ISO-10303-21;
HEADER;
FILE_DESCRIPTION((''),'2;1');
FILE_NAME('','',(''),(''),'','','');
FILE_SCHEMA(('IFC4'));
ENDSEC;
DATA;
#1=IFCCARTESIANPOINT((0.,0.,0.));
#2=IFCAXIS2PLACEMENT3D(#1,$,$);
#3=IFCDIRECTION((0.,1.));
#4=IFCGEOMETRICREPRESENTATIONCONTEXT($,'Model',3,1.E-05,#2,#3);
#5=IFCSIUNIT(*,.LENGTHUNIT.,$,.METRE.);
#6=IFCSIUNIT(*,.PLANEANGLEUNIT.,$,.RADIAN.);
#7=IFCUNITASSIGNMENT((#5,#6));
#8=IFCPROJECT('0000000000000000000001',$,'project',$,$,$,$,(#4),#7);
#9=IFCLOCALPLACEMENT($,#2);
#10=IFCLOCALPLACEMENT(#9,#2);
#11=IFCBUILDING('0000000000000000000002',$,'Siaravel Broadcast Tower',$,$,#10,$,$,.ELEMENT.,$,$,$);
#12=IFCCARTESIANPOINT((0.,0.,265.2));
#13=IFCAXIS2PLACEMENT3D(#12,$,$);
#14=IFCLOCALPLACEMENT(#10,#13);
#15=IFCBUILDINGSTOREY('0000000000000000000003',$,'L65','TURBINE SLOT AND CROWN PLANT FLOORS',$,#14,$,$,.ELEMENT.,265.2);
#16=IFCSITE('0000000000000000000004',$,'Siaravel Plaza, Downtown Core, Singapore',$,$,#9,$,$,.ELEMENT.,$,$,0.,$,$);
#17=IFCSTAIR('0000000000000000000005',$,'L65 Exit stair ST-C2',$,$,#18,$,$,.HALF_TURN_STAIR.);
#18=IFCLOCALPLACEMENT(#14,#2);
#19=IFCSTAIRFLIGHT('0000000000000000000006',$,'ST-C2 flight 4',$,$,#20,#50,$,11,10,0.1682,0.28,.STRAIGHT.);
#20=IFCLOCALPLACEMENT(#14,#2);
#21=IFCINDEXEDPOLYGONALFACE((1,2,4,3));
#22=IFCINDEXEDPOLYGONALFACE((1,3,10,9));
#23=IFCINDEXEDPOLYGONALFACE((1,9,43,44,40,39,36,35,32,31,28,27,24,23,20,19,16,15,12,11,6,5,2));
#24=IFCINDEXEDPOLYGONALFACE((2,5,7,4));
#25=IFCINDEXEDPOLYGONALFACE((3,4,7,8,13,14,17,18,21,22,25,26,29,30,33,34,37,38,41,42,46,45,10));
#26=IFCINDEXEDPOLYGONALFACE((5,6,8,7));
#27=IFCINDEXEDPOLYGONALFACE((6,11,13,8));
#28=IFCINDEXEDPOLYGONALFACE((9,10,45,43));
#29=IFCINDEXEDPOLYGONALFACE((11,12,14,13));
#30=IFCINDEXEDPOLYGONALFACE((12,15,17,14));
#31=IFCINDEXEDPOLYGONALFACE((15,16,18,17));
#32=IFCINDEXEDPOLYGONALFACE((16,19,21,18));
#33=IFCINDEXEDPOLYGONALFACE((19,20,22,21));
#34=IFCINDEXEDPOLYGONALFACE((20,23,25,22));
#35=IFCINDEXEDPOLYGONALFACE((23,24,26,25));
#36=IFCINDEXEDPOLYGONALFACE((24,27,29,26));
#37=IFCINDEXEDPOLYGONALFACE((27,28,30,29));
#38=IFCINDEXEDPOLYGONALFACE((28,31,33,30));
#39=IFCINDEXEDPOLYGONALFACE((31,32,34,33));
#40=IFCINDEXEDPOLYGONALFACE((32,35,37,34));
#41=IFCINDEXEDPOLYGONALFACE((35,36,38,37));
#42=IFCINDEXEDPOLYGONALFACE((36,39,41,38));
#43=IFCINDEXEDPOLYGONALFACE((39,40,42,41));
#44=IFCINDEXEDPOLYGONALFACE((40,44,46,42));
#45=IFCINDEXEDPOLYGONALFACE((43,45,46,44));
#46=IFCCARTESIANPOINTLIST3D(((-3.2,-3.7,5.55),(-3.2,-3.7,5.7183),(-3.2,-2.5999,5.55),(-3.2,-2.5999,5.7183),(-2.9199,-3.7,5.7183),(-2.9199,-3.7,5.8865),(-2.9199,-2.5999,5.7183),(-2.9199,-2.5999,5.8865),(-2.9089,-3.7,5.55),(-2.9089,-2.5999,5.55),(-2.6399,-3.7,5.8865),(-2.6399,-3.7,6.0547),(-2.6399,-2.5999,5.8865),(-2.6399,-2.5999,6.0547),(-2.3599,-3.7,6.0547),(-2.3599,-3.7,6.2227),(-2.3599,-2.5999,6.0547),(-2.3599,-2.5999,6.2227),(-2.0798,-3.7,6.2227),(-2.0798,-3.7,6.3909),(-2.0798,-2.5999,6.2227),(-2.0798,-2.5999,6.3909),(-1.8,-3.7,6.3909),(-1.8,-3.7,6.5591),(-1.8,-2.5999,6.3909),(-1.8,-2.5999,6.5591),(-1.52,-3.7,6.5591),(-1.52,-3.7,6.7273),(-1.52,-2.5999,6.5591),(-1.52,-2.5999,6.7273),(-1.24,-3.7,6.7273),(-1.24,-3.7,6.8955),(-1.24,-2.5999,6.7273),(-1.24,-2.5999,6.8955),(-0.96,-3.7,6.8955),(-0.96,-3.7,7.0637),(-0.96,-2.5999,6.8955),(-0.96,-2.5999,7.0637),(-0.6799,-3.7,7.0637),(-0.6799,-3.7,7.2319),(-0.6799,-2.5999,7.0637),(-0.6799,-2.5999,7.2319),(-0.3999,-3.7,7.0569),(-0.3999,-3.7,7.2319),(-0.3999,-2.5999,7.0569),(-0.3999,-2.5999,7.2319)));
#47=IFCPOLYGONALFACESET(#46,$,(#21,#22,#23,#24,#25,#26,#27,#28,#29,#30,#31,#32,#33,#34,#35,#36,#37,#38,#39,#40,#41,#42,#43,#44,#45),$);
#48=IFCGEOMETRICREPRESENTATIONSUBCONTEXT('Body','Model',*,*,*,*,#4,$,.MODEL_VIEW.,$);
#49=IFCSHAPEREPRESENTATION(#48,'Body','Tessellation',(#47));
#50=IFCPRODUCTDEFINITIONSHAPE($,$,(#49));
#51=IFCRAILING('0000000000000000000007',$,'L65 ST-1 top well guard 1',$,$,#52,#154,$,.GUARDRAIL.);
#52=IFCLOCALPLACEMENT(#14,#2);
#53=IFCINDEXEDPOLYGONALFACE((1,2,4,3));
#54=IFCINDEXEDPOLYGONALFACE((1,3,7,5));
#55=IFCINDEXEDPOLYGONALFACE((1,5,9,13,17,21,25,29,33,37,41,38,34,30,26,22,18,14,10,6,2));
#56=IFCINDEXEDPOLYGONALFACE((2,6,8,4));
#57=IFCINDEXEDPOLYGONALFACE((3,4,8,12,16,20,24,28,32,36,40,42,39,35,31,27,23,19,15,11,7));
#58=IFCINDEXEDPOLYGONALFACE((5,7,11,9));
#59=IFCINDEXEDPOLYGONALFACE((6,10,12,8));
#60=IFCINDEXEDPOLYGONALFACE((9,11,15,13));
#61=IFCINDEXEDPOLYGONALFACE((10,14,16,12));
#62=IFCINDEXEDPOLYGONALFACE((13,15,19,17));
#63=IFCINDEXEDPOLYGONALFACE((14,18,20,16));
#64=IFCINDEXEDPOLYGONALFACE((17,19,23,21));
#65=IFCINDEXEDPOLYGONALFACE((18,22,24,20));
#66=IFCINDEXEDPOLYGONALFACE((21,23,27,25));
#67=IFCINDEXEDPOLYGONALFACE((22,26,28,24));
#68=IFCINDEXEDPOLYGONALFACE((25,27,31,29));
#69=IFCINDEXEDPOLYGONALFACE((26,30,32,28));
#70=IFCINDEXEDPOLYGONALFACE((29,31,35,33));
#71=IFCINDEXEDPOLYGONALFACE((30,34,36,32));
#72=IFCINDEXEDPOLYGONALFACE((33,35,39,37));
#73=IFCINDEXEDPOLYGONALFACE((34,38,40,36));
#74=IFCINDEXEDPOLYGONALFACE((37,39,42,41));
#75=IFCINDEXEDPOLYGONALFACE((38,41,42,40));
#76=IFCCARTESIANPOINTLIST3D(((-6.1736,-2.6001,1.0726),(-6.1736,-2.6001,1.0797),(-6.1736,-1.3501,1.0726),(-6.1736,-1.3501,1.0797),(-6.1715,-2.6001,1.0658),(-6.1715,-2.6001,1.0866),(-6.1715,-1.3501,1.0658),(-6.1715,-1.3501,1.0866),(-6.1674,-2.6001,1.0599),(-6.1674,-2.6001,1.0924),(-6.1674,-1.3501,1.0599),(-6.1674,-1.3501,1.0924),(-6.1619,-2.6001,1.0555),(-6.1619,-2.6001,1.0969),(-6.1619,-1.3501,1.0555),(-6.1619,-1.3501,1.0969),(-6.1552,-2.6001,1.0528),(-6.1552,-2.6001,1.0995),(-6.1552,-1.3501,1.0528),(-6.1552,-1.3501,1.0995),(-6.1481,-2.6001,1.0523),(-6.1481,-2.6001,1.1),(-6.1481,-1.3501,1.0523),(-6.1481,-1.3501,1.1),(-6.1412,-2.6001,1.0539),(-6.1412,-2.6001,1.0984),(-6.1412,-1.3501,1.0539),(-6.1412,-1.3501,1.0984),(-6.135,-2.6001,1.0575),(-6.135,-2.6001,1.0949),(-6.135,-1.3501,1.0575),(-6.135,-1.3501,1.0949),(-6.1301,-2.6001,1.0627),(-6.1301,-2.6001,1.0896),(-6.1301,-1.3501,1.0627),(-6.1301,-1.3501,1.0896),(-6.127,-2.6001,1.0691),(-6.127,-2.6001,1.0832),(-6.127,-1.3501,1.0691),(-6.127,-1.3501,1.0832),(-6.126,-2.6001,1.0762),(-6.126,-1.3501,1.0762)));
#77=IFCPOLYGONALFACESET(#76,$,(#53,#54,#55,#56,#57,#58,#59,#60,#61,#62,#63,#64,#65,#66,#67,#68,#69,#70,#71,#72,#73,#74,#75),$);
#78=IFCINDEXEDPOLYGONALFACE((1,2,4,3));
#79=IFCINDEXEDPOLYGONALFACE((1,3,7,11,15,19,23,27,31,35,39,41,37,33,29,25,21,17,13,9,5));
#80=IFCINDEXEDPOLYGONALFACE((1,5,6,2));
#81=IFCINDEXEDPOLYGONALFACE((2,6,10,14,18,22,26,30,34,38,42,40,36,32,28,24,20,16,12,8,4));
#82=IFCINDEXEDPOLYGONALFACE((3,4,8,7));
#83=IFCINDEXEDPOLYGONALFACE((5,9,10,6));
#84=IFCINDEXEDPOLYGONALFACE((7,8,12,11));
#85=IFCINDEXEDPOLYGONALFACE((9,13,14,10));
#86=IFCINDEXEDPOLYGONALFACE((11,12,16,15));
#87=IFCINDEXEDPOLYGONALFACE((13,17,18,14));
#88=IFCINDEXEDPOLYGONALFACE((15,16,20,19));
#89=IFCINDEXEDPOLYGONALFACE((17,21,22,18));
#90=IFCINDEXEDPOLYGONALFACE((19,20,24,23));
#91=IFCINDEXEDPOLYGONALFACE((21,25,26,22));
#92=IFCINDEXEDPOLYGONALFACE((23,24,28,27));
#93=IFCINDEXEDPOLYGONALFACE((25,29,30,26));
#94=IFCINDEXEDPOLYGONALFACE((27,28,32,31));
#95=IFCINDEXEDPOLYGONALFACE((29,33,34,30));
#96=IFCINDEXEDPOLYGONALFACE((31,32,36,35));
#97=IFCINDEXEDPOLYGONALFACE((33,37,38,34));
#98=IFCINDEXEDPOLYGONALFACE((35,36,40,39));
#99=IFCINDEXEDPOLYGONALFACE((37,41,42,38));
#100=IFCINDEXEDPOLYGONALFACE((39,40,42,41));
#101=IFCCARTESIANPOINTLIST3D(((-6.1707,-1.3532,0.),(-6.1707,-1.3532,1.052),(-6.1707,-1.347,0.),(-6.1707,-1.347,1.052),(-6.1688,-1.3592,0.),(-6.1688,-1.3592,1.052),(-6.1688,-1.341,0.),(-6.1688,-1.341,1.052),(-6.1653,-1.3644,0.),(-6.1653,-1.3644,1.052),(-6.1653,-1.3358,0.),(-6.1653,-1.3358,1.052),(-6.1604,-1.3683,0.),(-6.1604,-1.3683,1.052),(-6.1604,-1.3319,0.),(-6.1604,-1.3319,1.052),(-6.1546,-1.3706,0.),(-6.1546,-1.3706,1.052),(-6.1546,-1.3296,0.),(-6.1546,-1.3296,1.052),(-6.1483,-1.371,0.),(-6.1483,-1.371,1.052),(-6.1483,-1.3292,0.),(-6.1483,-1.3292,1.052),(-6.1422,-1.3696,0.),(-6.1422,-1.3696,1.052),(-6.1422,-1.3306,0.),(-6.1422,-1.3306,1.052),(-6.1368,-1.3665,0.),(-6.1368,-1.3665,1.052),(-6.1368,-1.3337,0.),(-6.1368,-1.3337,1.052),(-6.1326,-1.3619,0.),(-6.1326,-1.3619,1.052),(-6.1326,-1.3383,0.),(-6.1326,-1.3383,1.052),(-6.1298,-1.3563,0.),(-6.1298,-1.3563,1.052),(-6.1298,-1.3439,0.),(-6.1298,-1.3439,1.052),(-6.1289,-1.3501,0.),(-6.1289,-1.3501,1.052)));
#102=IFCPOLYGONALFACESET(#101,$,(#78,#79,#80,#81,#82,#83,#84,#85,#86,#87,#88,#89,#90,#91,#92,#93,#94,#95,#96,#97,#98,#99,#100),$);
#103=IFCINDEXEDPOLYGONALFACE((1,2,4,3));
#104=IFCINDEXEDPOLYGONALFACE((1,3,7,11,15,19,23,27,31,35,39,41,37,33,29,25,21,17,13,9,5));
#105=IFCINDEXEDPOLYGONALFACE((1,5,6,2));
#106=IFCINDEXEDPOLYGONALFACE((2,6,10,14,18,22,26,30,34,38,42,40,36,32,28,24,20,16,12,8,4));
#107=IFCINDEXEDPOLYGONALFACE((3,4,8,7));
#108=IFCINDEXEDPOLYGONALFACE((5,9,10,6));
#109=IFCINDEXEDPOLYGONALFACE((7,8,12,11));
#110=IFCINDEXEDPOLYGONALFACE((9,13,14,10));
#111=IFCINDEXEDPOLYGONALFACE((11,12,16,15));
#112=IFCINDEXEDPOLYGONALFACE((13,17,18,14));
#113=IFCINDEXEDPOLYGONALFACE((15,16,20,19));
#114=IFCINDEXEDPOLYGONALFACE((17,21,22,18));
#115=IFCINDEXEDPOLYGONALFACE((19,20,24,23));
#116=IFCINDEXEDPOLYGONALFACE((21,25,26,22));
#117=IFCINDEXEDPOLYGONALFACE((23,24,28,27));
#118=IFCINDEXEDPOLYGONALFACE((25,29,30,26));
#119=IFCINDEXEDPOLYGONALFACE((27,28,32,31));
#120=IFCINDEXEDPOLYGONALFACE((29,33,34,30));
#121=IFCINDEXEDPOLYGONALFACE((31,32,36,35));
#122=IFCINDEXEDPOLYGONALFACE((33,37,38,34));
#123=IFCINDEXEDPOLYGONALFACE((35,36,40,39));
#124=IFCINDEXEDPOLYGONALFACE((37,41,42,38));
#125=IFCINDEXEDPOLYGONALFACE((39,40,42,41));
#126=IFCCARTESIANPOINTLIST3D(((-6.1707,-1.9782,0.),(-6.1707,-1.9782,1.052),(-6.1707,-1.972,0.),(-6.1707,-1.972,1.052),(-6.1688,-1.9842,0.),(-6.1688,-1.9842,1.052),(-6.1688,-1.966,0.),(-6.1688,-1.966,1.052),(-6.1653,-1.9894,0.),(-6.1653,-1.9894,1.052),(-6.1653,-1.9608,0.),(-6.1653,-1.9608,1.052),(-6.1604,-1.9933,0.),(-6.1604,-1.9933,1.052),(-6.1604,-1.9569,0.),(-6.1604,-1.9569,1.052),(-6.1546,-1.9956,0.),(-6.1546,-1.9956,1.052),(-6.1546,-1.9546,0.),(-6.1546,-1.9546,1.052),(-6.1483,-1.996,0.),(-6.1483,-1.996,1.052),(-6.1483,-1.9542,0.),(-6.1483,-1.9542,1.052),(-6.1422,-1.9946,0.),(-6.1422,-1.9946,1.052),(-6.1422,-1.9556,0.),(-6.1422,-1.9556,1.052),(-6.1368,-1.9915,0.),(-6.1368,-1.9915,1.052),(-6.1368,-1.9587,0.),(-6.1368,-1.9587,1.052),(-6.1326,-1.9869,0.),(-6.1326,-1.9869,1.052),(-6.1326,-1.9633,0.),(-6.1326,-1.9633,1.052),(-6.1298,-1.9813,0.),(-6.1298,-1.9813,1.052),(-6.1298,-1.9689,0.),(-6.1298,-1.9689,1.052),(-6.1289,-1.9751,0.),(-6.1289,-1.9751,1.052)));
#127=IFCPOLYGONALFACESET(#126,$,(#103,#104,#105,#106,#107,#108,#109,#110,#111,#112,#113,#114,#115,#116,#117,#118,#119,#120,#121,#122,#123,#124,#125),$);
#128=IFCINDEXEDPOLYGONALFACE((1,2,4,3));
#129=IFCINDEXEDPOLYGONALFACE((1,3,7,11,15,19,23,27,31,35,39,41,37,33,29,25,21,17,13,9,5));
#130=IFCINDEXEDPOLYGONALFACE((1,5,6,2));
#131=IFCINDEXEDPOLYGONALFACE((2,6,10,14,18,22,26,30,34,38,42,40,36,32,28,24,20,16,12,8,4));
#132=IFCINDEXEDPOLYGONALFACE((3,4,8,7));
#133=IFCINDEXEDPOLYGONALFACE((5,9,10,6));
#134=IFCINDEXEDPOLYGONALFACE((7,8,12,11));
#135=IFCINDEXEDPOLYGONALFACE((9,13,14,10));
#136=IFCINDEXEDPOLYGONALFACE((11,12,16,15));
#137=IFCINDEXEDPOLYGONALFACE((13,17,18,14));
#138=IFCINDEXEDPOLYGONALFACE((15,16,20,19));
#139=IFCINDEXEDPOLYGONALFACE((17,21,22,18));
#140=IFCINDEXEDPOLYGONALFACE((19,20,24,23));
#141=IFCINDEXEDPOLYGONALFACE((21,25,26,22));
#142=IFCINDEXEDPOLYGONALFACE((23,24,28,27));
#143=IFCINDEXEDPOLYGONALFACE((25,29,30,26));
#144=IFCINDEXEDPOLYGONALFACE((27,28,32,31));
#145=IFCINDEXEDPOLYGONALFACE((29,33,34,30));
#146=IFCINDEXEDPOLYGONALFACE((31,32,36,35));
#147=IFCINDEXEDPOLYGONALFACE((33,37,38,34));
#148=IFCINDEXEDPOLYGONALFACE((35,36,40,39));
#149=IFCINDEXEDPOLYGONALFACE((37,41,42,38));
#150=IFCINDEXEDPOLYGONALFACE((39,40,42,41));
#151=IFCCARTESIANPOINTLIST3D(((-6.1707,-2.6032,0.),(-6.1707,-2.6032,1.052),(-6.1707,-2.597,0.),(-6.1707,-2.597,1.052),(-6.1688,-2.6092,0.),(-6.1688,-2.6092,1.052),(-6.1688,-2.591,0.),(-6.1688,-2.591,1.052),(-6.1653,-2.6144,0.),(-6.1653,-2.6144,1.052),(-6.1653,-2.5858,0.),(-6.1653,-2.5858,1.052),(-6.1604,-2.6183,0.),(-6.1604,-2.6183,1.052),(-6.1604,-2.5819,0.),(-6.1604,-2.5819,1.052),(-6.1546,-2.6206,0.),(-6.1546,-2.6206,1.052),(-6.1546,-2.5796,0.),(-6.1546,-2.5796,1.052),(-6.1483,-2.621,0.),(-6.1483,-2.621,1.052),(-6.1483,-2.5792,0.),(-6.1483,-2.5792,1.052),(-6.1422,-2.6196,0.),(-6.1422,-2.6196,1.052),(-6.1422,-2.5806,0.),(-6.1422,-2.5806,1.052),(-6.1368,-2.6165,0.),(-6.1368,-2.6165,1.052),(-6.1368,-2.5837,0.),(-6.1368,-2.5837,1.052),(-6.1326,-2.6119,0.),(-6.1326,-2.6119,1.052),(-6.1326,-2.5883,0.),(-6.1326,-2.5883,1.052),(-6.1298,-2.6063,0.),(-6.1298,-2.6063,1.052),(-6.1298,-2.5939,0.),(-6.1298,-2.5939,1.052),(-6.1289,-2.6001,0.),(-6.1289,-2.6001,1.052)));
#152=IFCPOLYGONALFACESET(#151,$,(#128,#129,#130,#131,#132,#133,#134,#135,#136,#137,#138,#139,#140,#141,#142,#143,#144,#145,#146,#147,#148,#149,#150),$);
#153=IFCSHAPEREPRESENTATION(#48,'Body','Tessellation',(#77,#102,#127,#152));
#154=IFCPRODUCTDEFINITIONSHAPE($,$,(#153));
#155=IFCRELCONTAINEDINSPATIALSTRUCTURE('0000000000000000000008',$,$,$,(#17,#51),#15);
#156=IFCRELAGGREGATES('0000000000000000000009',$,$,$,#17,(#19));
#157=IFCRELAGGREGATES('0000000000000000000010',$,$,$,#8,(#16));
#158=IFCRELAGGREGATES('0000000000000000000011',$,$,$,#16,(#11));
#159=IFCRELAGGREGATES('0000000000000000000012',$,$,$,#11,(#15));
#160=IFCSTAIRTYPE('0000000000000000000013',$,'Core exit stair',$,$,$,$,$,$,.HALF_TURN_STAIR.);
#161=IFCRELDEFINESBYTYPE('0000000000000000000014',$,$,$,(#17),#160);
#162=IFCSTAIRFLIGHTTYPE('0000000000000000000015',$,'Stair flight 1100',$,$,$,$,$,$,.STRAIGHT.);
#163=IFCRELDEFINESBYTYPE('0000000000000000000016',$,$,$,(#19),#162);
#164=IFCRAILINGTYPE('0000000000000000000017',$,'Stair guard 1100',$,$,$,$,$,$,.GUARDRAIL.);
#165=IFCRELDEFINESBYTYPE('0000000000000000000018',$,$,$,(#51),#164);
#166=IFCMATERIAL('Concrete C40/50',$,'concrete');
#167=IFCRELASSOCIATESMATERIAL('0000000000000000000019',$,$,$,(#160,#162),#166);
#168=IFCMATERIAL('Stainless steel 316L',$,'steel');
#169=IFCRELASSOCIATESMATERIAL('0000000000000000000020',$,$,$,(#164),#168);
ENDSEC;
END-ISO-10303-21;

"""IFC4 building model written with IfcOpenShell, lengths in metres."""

from ifc_helpers import new_model, si_unit, direction, frame, origin, origin_2d, place, context, subcontext, project, spatial, polyline, circle, outline, extrude, material, type_object, element, aggregate, save


model = new_model("IFC4")

# Units and contexts
model_context = context("Model", 3, precision=1e-05, world=origin(), true_north=direction((0.0, 1.0)))
body_context = subcontext(model_context, "Body", "Model", "MODEL_VIEW")
ifc_project = project(units=[si_unit("LENGTHUNIT", "METRE"), si_unit("PLANEANGLEUNIT", "RADIAN")], contexts=[model_context])

# Site, building, storey
site_placement = place(None, origin())
site = spatial("IfcSite", under=ifc_project, at=site_placement, Name="Siaravel Plaza, Downtown Core, Singapore", CompositionType="ELEMENT", RefElevation=0.0)
building_placement = place(site_placement, origin())
building = spatial("IfcBuilding", under=site, at=building_placement, Name="Siaravel Broadcast Tower", CompositionType="ELEMENT")
storey_placement = place(building_placement, frame((0.0, 0.0, 265.2)))
storey = spatial("IfcBuildingStorey", under=building, at=storey_placement, Name="L65", Description="TURBINE SLOT AND CROWN PLANT FLOORS", CompositionType="ELEMENT", Elevation=265.2)

# Stair, stair flight
ifc_material_1 = material(Name="Concrete C40/50", Category="concrete")
stair_type = type_object("IfcStairType", Name="Core exit stair", PredefinedType="HALF_TURN_STAIR", material=ifc_material_1)
stair_placement = place(storey_placement, origin())
stair = element("IfcStair", 1, at=stair_placement, inside=storey, type_object=stair_type, Name="L65 Exit stair ST-C2", PredefinedType="HALF_TURN_STAIR")
stair_flight_type = type_object("IfcStairFlightType", Name="Stair flight 1100", PredefinedType="STRAIGHT", material=ifc_material_1)
stair_flight_1_placement = place(storey_placement, frame((-3.2, -3.1499, 5.55), z_axis=(0.0, 0.0, 1.0), x_axis=(1.0, 0.0, 0.0)))
stair_flight_1 = element("IfcStairFlight", 2, at=stair_flight_1_placement, type_object=stair_flight_type, Name="ST-C2 flight 4", NumberOfRisers=11, NumberOfTreads=10, PredefinedType="STRAIGHT", RiserHeight=0.1682, TreadLength=0.28, context=body_context, shape_type="SweptSolid", body=[
    extrude(outline(polyline([(0.0, 0.0), (0.0, 0.1682), (0.28, 0.1682), (0.28, 0.3364), (0.5601, 0.3364), (0.5601, 0.5046), (0.8401, 0.5046), (0.8401, 0.6726), (1.1201, 0.6726), (1.1201, 0.8408), (1.3999, 0.8408), (1.3999, 1.009), (1.6799, 1.009), (1.6799, 1.1772), (1.96, 1.1772), (1.96, 1.3455), (2.24, 1.3455), (2.24, 1.5137), (2.52, 1.5137), (2.52, 1.6819), (2.8, 1.6819), (2.8, 1.8501), (2.8, 1.5068), (0.291, 0.0), (0.0, 0.0)])), frame((0.0, 0.55, 0.0), z_axis=(0.0, -1.0, 0.0), x_axis=(1.0, 0.0, 0.0)), (0.0, 0.0, 1.0), 1.1001),
])
aggregate(stair, [stair_flight_1])

# Railing
ifc_material_2 = material(Name="Stainless steel 316L", Category="steel")
railing_type_1 = type_object("IfcRailingType", Name="Stair guard 1100", PredefinedType="GUARDRAIL", material=ifc_material_2)
railing_1_placement = place(storey_placement, frame((-6.1499, -1.3501, 0.0)))
element("IfcRailing", 3, at=railing_1_placement, inside=storey, type_object=railing_type_1, Name="L65 ST-1 top well guard 1", PredefinedType="GUARDRAIL", context=body_context, shape_type="SweptSolid", body=[
    extrude(circle(Radius=0.0239, at=origin_2d()), frame((0.0, 0.0, 1.0762), z_axis=(0.0, -1.0, 0.0), x_axis=(1.0, 0.0, 0.0)), (0.0, 0.0, 1.0), 1.25),
    extrude(circle(Radius=0.021, at=origin_2d()), origin(), (0.0, 0.0, 1.0), 1.052),
    extrude(circle(Radius=0.021, at=origin_2d()), frame((0.0, -0.625, 0.0)), (0.0, 0.0, 1.0), 1.052),
    extrude(circle(Radius=0.021, at=origin_2d()), frame((0.0, -1.25, 0.0)), (0.0, 0.0, 1.0), 1.052),
])

save(model, "model.ifc")
